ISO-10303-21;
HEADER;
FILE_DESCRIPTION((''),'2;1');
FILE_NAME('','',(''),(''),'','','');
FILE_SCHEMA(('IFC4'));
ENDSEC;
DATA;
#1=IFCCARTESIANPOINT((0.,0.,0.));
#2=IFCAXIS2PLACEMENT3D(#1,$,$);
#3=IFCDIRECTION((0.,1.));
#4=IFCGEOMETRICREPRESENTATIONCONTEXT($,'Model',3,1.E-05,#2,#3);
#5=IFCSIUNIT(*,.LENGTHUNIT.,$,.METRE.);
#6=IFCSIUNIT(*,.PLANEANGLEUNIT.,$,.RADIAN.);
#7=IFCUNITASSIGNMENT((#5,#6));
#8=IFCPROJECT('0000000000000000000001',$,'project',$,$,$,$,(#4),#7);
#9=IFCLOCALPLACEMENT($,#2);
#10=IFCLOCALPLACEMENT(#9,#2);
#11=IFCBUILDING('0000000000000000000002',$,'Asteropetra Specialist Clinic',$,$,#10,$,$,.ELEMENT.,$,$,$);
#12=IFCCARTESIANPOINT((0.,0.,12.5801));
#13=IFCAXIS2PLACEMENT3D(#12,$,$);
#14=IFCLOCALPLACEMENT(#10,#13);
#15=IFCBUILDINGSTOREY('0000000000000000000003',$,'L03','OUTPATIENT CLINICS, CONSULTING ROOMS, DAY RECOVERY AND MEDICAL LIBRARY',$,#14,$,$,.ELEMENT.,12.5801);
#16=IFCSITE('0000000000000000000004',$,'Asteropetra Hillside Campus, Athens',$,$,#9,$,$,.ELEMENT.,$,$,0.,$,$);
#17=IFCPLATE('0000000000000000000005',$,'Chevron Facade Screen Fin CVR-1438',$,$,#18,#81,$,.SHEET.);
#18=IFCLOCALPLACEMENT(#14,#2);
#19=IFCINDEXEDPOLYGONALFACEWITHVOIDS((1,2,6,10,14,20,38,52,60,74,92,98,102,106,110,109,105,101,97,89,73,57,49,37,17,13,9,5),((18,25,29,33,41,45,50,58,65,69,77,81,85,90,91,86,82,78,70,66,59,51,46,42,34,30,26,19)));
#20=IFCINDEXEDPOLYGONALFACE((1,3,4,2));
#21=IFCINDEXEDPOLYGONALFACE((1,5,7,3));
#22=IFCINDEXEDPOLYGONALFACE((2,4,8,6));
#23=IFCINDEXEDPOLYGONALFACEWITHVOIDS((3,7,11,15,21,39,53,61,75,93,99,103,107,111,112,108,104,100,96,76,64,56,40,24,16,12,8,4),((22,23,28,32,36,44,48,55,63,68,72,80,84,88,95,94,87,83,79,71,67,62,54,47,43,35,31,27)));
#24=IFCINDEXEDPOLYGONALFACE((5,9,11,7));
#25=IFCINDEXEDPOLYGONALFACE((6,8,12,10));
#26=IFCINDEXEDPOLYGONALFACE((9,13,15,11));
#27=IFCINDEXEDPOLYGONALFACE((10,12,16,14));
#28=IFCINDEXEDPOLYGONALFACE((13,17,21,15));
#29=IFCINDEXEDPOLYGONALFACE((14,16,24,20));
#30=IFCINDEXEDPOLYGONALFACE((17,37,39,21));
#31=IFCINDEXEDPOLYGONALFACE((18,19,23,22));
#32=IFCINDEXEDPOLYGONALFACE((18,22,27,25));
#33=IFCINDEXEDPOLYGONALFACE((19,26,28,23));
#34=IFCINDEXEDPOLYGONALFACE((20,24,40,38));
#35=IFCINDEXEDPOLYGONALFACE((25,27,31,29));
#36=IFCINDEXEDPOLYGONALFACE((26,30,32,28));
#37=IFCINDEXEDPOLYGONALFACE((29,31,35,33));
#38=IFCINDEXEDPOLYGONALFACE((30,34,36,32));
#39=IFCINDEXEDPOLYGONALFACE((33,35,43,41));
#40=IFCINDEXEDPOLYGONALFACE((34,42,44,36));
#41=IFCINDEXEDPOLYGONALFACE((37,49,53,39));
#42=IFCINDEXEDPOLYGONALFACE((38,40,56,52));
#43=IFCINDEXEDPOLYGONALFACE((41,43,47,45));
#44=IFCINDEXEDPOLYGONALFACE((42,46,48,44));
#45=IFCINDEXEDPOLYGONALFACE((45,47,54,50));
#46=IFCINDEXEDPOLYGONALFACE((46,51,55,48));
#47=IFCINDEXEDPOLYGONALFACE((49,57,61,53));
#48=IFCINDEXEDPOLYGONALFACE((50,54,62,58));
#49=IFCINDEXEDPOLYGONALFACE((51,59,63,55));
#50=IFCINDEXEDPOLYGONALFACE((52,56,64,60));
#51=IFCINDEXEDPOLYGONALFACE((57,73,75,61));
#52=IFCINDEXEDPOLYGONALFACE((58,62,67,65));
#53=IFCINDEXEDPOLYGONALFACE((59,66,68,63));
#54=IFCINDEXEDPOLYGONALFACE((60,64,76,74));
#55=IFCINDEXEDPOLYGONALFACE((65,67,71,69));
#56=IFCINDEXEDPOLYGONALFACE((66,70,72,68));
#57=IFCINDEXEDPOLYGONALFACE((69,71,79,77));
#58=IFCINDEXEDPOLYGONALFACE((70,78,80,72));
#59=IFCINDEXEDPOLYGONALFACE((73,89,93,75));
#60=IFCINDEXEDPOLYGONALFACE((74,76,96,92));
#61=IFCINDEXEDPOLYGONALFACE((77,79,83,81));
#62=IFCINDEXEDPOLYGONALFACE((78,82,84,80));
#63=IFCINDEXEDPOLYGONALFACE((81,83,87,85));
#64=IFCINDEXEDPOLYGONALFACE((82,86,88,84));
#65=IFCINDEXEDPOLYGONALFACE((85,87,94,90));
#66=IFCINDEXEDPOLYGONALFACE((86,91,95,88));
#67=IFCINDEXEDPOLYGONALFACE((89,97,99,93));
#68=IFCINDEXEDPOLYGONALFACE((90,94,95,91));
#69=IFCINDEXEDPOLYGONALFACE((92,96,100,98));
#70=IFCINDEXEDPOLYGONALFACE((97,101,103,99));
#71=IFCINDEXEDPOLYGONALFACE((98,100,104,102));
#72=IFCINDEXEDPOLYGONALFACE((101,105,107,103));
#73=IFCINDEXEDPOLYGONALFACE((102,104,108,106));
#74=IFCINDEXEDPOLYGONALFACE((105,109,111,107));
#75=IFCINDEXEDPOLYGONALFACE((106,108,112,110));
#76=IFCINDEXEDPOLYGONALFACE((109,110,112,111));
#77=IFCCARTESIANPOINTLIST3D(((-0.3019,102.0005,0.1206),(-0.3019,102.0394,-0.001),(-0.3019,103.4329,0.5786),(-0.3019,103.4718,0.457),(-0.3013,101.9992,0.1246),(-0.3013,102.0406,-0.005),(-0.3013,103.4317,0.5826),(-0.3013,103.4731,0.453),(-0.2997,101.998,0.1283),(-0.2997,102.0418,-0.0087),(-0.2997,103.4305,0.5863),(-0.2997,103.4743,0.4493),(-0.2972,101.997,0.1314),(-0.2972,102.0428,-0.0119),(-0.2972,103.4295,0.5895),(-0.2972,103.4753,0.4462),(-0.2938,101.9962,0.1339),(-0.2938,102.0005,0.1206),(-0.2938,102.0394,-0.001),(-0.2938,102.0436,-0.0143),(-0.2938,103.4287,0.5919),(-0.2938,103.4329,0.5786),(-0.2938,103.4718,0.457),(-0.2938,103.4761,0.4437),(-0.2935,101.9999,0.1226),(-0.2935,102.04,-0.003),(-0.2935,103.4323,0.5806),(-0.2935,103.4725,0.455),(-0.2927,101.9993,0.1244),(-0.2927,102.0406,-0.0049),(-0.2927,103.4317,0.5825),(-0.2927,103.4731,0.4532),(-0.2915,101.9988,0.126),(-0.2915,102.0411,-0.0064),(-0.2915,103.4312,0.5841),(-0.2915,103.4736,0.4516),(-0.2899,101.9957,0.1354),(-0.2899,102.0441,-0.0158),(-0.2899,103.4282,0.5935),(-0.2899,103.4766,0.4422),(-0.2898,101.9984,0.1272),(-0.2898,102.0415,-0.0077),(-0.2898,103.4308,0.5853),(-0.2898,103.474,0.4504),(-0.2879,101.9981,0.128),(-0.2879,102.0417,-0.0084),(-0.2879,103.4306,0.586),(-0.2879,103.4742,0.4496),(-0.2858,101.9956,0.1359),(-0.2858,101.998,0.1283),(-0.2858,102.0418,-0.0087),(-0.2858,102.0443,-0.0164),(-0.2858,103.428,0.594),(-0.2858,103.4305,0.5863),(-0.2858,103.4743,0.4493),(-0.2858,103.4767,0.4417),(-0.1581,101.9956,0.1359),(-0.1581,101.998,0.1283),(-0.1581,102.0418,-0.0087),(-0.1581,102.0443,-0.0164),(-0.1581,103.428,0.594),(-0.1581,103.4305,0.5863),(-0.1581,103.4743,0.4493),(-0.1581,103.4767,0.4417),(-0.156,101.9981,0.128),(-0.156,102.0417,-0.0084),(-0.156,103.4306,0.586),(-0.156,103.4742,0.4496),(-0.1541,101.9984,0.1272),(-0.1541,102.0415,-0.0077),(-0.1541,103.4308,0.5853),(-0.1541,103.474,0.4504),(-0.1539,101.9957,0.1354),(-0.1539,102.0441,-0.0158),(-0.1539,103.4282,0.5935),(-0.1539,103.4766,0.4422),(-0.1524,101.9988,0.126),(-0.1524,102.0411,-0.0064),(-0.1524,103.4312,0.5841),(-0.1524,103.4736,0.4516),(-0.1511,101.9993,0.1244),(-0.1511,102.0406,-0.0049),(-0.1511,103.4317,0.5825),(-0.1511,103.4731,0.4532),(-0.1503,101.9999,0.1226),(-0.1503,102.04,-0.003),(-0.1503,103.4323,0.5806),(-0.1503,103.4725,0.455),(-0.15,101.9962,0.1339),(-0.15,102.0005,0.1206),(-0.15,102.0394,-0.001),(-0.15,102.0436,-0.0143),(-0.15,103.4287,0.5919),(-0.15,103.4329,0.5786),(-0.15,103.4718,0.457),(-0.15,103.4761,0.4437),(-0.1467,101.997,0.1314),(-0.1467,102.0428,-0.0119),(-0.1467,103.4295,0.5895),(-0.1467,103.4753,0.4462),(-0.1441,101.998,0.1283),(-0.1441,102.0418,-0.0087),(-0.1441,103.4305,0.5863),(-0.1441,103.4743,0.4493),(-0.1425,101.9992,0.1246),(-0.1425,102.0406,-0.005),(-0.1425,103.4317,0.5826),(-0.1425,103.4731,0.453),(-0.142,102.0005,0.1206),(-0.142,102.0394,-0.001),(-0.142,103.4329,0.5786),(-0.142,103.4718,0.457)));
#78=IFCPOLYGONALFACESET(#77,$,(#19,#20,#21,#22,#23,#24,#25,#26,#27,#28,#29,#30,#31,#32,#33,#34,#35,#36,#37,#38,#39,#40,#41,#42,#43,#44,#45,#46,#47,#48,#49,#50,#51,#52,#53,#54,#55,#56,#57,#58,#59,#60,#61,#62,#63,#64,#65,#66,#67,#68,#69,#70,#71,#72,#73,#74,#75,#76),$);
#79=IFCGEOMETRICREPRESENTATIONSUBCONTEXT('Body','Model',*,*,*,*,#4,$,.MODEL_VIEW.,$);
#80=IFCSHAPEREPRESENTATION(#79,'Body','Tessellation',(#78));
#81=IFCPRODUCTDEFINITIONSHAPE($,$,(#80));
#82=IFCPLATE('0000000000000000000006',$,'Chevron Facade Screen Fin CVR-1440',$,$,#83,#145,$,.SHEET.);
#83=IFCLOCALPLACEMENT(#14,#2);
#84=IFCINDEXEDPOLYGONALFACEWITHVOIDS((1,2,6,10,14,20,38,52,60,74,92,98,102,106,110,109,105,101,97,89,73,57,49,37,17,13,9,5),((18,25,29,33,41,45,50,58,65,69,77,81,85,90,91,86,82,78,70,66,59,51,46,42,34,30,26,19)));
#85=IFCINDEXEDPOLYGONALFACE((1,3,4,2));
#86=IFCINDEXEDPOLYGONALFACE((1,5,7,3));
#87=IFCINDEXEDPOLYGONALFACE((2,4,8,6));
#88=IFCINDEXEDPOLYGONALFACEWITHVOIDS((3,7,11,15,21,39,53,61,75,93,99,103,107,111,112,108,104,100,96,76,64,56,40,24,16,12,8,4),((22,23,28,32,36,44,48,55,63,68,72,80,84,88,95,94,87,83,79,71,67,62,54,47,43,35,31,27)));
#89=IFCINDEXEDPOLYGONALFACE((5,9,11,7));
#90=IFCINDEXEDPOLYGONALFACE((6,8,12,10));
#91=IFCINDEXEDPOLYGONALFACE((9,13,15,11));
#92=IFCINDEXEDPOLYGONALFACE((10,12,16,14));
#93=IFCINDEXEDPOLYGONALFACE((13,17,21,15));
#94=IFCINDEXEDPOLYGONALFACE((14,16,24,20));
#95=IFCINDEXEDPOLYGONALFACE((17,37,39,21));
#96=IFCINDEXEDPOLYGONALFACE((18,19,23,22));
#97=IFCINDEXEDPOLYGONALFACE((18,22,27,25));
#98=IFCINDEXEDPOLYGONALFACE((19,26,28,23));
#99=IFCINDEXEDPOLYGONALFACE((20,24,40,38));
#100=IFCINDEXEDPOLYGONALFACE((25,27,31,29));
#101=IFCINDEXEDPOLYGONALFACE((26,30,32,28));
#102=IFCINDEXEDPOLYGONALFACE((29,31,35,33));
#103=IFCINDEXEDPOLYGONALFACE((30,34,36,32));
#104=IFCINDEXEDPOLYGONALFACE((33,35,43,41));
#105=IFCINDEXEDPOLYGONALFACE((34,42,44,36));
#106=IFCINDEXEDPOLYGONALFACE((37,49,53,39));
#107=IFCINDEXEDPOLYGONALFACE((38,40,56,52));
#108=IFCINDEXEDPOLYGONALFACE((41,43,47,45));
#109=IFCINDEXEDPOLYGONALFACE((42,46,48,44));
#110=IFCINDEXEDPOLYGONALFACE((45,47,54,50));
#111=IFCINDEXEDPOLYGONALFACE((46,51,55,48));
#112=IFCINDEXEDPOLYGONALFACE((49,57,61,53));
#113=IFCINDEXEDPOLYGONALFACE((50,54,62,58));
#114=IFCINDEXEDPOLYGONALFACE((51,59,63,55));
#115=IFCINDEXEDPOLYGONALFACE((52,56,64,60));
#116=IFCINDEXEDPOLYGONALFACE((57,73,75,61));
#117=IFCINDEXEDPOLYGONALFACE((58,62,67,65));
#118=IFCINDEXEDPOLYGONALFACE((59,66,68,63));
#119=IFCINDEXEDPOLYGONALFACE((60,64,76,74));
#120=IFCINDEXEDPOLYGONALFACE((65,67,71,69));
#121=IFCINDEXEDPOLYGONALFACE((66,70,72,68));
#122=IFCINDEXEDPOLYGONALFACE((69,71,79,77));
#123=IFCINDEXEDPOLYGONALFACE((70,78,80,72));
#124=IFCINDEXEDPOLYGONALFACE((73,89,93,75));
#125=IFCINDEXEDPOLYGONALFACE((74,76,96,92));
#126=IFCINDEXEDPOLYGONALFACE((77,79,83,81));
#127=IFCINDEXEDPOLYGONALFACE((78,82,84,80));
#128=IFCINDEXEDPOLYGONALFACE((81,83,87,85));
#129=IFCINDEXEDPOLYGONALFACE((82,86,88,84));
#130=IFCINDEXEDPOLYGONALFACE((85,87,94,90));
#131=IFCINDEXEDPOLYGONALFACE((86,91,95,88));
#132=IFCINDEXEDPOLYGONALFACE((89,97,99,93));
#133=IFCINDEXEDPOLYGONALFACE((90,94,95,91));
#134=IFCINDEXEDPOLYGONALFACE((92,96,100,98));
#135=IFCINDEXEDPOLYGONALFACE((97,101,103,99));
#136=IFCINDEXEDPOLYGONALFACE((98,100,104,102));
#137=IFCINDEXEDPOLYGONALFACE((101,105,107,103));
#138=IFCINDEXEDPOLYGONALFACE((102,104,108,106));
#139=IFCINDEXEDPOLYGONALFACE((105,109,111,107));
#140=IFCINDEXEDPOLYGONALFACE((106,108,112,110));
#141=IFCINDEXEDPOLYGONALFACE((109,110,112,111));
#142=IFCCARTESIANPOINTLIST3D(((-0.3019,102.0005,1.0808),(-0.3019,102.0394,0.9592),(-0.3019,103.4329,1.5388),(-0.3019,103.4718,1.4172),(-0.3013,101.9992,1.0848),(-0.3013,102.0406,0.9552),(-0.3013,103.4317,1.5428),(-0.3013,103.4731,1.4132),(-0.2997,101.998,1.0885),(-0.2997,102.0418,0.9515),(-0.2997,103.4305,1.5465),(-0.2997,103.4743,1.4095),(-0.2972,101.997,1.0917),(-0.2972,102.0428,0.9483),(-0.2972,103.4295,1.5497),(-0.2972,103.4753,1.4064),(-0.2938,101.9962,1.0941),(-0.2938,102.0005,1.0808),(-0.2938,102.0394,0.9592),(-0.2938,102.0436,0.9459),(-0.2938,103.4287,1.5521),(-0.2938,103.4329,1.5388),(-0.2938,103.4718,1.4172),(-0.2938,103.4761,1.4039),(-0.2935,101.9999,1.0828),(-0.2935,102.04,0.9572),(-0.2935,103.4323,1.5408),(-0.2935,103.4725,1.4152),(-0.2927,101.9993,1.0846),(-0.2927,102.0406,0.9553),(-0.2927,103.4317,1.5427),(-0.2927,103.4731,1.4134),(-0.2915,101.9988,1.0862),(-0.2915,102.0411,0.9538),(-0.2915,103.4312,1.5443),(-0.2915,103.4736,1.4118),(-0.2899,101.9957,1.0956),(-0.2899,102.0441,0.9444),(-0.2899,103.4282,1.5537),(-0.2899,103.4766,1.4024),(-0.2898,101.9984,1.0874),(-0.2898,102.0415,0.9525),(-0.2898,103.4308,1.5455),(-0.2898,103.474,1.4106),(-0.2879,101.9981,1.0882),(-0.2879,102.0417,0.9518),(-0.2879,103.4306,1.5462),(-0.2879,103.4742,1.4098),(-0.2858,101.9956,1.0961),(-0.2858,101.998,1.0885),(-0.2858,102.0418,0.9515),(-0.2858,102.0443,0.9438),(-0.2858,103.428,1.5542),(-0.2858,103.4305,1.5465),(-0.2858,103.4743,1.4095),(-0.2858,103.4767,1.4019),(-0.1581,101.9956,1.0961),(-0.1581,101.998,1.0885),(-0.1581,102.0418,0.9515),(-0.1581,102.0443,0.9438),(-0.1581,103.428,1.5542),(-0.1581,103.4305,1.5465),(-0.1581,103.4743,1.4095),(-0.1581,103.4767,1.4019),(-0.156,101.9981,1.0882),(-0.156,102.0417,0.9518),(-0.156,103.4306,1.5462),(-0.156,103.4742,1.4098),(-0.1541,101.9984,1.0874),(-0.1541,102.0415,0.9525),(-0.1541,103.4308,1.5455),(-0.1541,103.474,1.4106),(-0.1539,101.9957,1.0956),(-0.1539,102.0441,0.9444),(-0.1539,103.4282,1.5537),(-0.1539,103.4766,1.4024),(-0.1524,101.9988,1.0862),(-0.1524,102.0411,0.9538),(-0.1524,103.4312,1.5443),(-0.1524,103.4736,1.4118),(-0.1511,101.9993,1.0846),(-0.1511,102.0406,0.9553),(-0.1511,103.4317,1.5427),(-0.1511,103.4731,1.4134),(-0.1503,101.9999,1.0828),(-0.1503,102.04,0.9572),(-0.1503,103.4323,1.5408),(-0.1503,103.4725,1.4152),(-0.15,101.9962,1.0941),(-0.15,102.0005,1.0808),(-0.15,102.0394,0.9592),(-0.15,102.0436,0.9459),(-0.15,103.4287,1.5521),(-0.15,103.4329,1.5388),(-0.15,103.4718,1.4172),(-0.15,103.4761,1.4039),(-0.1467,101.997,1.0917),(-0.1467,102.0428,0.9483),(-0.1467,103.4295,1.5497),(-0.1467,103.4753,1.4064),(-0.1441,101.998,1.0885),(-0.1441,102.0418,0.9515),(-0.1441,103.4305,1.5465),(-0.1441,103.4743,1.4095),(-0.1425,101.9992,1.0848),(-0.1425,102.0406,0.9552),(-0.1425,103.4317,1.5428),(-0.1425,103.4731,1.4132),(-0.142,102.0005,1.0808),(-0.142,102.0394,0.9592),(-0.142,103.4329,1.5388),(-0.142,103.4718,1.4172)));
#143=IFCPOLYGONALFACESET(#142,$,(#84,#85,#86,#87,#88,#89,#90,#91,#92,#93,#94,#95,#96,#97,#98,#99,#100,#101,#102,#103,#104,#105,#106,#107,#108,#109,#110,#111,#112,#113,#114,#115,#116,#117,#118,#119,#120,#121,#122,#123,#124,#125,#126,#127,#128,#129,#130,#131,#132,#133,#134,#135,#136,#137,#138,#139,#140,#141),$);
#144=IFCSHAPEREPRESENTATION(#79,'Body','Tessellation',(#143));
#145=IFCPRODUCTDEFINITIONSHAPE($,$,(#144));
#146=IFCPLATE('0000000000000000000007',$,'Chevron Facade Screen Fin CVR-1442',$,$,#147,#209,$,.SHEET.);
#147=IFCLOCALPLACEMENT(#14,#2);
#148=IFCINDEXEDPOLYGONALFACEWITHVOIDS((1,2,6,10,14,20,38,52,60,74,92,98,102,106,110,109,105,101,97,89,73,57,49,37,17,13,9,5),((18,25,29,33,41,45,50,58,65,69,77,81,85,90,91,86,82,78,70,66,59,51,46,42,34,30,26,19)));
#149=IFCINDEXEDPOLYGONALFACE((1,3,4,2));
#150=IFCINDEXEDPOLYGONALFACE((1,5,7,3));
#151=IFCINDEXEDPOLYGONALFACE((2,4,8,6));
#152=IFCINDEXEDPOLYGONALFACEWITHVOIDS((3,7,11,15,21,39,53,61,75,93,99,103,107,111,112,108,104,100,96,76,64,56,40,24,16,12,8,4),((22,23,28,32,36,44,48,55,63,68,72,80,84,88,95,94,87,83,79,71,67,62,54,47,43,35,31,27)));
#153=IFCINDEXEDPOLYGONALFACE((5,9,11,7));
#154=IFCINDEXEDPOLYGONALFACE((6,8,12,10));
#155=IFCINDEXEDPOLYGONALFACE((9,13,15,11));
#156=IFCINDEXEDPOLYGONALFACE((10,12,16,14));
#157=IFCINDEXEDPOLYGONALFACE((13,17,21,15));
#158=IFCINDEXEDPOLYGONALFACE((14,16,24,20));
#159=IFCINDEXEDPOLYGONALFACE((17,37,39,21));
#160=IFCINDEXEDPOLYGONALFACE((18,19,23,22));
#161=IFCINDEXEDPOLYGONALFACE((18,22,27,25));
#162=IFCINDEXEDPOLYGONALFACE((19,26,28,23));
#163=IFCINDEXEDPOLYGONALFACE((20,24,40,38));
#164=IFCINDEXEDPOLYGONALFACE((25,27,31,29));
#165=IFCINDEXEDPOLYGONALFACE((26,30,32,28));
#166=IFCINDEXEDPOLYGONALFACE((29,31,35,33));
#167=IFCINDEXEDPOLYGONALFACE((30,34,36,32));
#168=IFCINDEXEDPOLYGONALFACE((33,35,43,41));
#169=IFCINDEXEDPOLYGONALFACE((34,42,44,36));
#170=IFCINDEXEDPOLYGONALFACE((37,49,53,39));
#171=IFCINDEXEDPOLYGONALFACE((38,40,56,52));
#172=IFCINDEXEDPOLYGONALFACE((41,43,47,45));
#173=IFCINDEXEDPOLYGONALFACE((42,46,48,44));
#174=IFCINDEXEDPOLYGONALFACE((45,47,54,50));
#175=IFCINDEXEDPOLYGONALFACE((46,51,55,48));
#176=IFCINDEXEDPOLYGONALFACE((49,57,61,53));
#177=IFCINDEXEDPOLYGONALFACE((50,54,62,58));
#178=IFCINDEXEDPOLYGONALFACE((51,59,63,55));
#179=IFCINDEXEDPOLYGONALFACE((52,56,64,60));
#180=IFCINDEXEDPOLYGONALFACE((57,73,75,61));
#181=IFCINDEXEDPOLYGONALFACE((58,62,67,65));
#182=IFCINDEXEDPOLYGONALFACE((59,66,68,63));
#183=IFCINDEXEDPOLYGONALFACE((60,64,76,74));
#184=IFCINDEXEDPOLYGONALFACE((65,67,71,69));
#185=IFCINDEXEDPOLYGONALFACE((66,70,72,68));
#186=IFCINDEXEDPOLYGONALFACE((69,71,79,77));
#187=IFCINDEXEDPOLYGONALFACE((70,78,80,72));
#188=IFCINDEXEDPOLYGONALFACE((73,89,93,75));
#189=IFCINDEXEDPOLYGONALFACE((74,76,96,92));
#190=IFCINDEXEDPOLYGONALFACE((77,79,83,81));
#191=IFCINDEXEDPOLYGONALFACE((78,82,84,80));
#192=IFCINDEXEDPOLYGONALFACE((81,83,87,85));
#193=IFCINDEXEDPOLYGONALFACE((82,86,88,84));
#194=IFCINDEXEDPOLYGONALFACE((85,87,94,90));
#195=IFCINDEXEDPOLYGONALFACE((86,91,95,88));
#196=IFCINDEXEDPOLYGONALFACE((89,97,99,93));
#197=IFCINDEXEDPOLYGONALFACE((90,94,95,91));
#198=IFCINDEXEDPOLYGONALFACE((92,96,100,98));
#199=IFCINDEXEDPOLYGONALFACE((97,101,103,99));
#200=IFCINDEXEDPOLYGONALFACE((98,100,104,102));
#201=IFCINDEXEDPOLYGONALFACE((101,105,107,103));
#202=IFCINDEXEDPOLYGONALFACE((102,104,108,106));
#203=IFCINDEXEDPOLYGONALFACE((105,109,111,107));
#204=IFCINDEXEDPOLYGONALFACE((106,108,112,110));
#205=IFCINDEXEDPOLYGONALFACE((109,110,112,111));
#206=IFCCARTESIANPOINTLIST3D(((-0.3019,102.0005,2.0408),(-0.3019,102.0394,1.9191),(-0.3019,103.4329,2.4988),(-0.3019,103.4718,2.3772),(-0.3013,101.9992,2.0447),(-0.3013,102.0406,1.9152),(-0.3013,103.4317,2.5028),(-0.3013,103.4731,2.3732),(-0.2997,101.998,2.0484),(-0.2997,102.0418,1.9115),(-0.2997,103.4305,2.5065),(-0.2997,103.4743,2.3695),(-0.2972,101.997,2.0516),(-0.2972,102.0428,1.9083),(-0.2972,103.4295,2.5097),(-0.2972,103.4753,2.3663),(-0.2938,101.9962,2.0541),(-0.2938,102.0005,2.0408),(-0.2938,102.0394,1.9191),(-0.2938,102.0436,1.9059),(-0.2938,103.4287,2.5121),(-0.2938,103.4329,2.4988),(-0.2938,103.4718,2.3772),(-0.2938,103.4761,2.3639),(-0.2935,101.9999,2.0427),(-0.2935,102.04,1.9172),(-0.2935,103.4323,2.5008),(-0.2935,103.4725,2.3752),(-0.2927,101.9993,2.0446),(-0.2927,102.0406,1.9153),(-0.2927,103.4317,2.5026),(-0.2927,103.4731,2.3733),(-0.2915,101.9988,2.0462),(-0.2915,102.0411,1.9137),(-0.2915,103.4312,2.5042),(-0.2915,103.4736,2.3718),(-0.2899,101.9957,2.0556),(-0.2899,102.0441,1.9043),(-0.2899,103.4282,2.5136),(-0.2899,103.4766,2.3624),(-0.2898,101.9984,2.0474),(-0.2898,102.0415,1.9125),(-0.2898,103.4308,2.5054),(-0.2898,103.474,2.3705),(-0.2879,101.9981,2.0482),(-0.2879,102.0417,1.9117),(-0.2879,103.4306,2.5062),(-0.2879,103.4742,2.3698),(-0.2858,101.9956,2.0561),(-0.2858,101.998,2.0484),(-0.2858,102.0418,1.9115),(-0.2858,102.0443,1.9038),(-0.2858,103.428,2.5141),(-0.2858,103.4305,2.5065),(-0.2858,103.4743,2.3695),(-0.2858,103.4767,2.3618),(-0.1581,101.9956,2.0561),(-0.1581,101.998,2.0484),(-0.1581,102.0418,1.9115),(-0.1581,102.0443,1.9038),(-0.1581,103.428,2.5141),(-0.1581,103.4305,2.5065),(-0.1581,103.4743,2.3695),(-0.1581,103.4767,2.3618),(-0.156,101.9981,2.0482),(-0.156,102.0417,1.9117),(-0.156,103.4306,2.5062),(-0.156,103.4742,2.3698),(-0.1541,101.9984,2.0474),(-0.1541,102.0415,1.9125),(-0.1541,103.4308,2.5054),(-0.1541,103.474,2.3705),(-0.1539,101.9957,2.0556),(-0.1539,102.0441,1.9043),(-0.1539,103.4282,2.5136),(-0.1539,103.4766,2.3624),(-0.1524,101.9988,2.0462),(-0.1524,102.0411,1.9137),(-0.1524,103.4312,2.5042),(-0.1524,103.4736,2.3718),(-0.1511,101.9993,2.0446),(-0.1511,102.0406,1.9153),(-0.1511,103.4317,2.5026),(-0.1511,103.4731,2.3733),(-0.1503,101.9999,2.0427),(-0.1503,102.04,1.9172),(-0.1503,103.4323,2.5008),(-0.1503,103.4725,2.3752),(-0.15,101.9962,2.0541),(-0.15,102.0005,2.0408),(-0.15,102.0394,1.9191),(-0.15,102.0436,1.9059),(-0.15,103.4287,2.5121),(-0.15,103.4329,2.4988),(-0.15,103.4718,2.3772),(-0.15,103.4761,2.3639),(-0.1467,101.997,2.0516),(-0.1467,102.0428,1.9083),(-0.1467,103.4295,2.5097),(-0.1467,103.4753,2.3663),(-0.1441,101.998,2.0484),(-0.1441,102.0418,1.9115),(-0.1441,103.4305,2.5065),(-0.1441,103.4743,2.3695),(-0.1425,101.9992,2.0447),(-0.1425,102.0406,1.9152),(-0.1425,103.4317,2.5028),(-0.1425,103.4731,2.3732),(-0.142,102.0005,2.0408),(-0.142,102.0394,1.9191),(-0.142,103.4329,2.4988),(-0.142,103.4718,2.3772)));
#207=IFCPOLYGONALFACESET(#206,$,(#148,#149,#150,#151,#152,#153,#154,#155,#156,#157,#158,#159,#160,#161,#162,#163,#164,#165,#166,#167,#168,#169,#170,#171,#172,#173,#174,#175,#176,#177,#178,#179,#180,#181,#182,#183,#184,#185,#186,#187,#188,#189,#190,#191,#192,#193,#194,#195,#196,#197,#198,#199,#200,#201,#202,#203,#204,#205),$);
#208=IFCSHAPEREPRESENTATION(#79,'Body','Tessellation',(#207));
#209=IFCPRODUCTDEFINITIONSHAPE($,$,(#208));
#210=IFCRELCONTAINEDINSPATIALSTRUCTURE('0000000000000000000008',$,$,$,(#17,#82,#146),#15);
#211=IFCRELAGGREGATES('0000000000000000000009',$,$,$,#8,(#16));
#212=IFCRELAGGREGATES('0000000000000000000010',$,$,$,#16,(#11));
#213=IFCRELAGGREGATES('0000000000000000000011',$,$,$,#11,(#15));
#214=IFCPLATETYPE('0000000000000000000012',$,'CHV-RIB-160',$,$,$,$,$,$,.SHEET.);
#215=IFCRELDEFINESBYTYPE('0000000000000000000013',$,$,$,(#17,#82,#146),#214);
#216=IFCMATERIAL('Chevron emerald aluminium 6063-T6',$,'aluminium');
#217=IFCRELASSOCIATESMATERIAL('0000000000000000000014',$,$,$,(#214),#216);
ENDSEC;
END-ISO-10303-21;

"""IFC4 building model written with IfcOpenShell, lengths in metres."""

from ifc_helpers import new_model, si_unit, direction, frame, origin, origin_2d, place, context, subcontext, project, spatial, hollow_rectangle, extrude, material, material_profile, profile_set, type_object, element, save


model = new_model("IFC4")

# Units and contexts
model_context = context("Model", 3, precision=1e-05, world=origin(), true_north=direction((0.0, 1.0)))
body_context = subcontext(model_context, "Body", "Model", "MODEL_VIEW")
ifc_project = project(units=[si_unit("LENGTHUNIT", "METRE"), si_unit("PLANEANGLEUNIT", "RADIAN")], contexts=[model_context])

# Site, building, storey
site_placement = place(None, origin())
site = spatial("IfcSite", under=ifc_project, at=site_placement, Name="Asteropetra Hillside Campus, Athens", CompositionType="ELEMENT", RefElevation=0.0)
building_placement = place(site_placement, origin())
building = spatial("IfcBuilding", under=site, at=building_placement, Name="Asteropetra Specialist Clinic", CompositionType="ELEMENT")
storey_placement = place(building_placement, frame((0.0, 0.0, 12.5801)))
storey = spatial("IfcBuildingStorey", under=building, at=storey_placement, Name="L03", Description="OUTPATIENT CLINICS, CONSULTING ROOMS, DAY RECOVERY AND MEDICAL LIBRARY", CompositionType="ELEMENT", Elevation=12.5801)

# Plates
ifc_material_1 = material(Name="Chevron emerald aluminium 6063-T6", Category="aluminium")
ifc_material_profile = material_profile(ifc_material_1, hollow_rectangle(XDim=0.1599, YDim=0.1599, WallThickness=0.0081, InnerFilletRadius=0.0081, OuterFilletRadius=0.0161, at=origin_2d()), Name="SHS 160x160x8.0")
ifc_profile_set = profile_set([ifc_material_profile], Name="Chevron emerald aluminium 6063-T6")
plate_type_1 = type_object("IfcPlateType", Name="CHV-RIB-160", PredefinedType="SHEET", material=ifc_profile_set)
for number, where, z_axis, x_axis, name in (
    (1, (-0.2219, 103.4524, 0.5178), (0.0, -0.952492, -0.304564), (1.0, 0.0, 0.0), "Chevron Facade Screen Fin CVR-1438"),
    (2, (-0.2219, 103.4524, 1.478), (0.0, -0.952492, -0.304564), (1.0, 0.0, 0.0), "Chevron Facade Screen Fin CVR-1440"),
    (3, (-0.2219, 103.4524, 2.438), (0.0, -0.952492, -0.304564), (1.0, 0.0, 0.0), "Chevron Facade Screen Fin CVR-1442"),
):
    element("IfcPlate", number, at=place(storey_placement, frame(where, z_axis=z_axis, x_axis=x_axis)), inside=storey, type_object=plate_type_1, Name=name, PredefinedType="SHEET", context=body_context, shape_type="SweptSolid", body=[
        extrude(hollow_rectangle(XDim=0.1599, YDim=0.1599, WallThickness=0.0081, InnerFilletRadius=0.0081, OuterFilletRadius=0.0161, at=origin_2d()), origin(), (0.0, 0.0, 1.0), 1.5039),
    ])

save(model, "model.ifc")
